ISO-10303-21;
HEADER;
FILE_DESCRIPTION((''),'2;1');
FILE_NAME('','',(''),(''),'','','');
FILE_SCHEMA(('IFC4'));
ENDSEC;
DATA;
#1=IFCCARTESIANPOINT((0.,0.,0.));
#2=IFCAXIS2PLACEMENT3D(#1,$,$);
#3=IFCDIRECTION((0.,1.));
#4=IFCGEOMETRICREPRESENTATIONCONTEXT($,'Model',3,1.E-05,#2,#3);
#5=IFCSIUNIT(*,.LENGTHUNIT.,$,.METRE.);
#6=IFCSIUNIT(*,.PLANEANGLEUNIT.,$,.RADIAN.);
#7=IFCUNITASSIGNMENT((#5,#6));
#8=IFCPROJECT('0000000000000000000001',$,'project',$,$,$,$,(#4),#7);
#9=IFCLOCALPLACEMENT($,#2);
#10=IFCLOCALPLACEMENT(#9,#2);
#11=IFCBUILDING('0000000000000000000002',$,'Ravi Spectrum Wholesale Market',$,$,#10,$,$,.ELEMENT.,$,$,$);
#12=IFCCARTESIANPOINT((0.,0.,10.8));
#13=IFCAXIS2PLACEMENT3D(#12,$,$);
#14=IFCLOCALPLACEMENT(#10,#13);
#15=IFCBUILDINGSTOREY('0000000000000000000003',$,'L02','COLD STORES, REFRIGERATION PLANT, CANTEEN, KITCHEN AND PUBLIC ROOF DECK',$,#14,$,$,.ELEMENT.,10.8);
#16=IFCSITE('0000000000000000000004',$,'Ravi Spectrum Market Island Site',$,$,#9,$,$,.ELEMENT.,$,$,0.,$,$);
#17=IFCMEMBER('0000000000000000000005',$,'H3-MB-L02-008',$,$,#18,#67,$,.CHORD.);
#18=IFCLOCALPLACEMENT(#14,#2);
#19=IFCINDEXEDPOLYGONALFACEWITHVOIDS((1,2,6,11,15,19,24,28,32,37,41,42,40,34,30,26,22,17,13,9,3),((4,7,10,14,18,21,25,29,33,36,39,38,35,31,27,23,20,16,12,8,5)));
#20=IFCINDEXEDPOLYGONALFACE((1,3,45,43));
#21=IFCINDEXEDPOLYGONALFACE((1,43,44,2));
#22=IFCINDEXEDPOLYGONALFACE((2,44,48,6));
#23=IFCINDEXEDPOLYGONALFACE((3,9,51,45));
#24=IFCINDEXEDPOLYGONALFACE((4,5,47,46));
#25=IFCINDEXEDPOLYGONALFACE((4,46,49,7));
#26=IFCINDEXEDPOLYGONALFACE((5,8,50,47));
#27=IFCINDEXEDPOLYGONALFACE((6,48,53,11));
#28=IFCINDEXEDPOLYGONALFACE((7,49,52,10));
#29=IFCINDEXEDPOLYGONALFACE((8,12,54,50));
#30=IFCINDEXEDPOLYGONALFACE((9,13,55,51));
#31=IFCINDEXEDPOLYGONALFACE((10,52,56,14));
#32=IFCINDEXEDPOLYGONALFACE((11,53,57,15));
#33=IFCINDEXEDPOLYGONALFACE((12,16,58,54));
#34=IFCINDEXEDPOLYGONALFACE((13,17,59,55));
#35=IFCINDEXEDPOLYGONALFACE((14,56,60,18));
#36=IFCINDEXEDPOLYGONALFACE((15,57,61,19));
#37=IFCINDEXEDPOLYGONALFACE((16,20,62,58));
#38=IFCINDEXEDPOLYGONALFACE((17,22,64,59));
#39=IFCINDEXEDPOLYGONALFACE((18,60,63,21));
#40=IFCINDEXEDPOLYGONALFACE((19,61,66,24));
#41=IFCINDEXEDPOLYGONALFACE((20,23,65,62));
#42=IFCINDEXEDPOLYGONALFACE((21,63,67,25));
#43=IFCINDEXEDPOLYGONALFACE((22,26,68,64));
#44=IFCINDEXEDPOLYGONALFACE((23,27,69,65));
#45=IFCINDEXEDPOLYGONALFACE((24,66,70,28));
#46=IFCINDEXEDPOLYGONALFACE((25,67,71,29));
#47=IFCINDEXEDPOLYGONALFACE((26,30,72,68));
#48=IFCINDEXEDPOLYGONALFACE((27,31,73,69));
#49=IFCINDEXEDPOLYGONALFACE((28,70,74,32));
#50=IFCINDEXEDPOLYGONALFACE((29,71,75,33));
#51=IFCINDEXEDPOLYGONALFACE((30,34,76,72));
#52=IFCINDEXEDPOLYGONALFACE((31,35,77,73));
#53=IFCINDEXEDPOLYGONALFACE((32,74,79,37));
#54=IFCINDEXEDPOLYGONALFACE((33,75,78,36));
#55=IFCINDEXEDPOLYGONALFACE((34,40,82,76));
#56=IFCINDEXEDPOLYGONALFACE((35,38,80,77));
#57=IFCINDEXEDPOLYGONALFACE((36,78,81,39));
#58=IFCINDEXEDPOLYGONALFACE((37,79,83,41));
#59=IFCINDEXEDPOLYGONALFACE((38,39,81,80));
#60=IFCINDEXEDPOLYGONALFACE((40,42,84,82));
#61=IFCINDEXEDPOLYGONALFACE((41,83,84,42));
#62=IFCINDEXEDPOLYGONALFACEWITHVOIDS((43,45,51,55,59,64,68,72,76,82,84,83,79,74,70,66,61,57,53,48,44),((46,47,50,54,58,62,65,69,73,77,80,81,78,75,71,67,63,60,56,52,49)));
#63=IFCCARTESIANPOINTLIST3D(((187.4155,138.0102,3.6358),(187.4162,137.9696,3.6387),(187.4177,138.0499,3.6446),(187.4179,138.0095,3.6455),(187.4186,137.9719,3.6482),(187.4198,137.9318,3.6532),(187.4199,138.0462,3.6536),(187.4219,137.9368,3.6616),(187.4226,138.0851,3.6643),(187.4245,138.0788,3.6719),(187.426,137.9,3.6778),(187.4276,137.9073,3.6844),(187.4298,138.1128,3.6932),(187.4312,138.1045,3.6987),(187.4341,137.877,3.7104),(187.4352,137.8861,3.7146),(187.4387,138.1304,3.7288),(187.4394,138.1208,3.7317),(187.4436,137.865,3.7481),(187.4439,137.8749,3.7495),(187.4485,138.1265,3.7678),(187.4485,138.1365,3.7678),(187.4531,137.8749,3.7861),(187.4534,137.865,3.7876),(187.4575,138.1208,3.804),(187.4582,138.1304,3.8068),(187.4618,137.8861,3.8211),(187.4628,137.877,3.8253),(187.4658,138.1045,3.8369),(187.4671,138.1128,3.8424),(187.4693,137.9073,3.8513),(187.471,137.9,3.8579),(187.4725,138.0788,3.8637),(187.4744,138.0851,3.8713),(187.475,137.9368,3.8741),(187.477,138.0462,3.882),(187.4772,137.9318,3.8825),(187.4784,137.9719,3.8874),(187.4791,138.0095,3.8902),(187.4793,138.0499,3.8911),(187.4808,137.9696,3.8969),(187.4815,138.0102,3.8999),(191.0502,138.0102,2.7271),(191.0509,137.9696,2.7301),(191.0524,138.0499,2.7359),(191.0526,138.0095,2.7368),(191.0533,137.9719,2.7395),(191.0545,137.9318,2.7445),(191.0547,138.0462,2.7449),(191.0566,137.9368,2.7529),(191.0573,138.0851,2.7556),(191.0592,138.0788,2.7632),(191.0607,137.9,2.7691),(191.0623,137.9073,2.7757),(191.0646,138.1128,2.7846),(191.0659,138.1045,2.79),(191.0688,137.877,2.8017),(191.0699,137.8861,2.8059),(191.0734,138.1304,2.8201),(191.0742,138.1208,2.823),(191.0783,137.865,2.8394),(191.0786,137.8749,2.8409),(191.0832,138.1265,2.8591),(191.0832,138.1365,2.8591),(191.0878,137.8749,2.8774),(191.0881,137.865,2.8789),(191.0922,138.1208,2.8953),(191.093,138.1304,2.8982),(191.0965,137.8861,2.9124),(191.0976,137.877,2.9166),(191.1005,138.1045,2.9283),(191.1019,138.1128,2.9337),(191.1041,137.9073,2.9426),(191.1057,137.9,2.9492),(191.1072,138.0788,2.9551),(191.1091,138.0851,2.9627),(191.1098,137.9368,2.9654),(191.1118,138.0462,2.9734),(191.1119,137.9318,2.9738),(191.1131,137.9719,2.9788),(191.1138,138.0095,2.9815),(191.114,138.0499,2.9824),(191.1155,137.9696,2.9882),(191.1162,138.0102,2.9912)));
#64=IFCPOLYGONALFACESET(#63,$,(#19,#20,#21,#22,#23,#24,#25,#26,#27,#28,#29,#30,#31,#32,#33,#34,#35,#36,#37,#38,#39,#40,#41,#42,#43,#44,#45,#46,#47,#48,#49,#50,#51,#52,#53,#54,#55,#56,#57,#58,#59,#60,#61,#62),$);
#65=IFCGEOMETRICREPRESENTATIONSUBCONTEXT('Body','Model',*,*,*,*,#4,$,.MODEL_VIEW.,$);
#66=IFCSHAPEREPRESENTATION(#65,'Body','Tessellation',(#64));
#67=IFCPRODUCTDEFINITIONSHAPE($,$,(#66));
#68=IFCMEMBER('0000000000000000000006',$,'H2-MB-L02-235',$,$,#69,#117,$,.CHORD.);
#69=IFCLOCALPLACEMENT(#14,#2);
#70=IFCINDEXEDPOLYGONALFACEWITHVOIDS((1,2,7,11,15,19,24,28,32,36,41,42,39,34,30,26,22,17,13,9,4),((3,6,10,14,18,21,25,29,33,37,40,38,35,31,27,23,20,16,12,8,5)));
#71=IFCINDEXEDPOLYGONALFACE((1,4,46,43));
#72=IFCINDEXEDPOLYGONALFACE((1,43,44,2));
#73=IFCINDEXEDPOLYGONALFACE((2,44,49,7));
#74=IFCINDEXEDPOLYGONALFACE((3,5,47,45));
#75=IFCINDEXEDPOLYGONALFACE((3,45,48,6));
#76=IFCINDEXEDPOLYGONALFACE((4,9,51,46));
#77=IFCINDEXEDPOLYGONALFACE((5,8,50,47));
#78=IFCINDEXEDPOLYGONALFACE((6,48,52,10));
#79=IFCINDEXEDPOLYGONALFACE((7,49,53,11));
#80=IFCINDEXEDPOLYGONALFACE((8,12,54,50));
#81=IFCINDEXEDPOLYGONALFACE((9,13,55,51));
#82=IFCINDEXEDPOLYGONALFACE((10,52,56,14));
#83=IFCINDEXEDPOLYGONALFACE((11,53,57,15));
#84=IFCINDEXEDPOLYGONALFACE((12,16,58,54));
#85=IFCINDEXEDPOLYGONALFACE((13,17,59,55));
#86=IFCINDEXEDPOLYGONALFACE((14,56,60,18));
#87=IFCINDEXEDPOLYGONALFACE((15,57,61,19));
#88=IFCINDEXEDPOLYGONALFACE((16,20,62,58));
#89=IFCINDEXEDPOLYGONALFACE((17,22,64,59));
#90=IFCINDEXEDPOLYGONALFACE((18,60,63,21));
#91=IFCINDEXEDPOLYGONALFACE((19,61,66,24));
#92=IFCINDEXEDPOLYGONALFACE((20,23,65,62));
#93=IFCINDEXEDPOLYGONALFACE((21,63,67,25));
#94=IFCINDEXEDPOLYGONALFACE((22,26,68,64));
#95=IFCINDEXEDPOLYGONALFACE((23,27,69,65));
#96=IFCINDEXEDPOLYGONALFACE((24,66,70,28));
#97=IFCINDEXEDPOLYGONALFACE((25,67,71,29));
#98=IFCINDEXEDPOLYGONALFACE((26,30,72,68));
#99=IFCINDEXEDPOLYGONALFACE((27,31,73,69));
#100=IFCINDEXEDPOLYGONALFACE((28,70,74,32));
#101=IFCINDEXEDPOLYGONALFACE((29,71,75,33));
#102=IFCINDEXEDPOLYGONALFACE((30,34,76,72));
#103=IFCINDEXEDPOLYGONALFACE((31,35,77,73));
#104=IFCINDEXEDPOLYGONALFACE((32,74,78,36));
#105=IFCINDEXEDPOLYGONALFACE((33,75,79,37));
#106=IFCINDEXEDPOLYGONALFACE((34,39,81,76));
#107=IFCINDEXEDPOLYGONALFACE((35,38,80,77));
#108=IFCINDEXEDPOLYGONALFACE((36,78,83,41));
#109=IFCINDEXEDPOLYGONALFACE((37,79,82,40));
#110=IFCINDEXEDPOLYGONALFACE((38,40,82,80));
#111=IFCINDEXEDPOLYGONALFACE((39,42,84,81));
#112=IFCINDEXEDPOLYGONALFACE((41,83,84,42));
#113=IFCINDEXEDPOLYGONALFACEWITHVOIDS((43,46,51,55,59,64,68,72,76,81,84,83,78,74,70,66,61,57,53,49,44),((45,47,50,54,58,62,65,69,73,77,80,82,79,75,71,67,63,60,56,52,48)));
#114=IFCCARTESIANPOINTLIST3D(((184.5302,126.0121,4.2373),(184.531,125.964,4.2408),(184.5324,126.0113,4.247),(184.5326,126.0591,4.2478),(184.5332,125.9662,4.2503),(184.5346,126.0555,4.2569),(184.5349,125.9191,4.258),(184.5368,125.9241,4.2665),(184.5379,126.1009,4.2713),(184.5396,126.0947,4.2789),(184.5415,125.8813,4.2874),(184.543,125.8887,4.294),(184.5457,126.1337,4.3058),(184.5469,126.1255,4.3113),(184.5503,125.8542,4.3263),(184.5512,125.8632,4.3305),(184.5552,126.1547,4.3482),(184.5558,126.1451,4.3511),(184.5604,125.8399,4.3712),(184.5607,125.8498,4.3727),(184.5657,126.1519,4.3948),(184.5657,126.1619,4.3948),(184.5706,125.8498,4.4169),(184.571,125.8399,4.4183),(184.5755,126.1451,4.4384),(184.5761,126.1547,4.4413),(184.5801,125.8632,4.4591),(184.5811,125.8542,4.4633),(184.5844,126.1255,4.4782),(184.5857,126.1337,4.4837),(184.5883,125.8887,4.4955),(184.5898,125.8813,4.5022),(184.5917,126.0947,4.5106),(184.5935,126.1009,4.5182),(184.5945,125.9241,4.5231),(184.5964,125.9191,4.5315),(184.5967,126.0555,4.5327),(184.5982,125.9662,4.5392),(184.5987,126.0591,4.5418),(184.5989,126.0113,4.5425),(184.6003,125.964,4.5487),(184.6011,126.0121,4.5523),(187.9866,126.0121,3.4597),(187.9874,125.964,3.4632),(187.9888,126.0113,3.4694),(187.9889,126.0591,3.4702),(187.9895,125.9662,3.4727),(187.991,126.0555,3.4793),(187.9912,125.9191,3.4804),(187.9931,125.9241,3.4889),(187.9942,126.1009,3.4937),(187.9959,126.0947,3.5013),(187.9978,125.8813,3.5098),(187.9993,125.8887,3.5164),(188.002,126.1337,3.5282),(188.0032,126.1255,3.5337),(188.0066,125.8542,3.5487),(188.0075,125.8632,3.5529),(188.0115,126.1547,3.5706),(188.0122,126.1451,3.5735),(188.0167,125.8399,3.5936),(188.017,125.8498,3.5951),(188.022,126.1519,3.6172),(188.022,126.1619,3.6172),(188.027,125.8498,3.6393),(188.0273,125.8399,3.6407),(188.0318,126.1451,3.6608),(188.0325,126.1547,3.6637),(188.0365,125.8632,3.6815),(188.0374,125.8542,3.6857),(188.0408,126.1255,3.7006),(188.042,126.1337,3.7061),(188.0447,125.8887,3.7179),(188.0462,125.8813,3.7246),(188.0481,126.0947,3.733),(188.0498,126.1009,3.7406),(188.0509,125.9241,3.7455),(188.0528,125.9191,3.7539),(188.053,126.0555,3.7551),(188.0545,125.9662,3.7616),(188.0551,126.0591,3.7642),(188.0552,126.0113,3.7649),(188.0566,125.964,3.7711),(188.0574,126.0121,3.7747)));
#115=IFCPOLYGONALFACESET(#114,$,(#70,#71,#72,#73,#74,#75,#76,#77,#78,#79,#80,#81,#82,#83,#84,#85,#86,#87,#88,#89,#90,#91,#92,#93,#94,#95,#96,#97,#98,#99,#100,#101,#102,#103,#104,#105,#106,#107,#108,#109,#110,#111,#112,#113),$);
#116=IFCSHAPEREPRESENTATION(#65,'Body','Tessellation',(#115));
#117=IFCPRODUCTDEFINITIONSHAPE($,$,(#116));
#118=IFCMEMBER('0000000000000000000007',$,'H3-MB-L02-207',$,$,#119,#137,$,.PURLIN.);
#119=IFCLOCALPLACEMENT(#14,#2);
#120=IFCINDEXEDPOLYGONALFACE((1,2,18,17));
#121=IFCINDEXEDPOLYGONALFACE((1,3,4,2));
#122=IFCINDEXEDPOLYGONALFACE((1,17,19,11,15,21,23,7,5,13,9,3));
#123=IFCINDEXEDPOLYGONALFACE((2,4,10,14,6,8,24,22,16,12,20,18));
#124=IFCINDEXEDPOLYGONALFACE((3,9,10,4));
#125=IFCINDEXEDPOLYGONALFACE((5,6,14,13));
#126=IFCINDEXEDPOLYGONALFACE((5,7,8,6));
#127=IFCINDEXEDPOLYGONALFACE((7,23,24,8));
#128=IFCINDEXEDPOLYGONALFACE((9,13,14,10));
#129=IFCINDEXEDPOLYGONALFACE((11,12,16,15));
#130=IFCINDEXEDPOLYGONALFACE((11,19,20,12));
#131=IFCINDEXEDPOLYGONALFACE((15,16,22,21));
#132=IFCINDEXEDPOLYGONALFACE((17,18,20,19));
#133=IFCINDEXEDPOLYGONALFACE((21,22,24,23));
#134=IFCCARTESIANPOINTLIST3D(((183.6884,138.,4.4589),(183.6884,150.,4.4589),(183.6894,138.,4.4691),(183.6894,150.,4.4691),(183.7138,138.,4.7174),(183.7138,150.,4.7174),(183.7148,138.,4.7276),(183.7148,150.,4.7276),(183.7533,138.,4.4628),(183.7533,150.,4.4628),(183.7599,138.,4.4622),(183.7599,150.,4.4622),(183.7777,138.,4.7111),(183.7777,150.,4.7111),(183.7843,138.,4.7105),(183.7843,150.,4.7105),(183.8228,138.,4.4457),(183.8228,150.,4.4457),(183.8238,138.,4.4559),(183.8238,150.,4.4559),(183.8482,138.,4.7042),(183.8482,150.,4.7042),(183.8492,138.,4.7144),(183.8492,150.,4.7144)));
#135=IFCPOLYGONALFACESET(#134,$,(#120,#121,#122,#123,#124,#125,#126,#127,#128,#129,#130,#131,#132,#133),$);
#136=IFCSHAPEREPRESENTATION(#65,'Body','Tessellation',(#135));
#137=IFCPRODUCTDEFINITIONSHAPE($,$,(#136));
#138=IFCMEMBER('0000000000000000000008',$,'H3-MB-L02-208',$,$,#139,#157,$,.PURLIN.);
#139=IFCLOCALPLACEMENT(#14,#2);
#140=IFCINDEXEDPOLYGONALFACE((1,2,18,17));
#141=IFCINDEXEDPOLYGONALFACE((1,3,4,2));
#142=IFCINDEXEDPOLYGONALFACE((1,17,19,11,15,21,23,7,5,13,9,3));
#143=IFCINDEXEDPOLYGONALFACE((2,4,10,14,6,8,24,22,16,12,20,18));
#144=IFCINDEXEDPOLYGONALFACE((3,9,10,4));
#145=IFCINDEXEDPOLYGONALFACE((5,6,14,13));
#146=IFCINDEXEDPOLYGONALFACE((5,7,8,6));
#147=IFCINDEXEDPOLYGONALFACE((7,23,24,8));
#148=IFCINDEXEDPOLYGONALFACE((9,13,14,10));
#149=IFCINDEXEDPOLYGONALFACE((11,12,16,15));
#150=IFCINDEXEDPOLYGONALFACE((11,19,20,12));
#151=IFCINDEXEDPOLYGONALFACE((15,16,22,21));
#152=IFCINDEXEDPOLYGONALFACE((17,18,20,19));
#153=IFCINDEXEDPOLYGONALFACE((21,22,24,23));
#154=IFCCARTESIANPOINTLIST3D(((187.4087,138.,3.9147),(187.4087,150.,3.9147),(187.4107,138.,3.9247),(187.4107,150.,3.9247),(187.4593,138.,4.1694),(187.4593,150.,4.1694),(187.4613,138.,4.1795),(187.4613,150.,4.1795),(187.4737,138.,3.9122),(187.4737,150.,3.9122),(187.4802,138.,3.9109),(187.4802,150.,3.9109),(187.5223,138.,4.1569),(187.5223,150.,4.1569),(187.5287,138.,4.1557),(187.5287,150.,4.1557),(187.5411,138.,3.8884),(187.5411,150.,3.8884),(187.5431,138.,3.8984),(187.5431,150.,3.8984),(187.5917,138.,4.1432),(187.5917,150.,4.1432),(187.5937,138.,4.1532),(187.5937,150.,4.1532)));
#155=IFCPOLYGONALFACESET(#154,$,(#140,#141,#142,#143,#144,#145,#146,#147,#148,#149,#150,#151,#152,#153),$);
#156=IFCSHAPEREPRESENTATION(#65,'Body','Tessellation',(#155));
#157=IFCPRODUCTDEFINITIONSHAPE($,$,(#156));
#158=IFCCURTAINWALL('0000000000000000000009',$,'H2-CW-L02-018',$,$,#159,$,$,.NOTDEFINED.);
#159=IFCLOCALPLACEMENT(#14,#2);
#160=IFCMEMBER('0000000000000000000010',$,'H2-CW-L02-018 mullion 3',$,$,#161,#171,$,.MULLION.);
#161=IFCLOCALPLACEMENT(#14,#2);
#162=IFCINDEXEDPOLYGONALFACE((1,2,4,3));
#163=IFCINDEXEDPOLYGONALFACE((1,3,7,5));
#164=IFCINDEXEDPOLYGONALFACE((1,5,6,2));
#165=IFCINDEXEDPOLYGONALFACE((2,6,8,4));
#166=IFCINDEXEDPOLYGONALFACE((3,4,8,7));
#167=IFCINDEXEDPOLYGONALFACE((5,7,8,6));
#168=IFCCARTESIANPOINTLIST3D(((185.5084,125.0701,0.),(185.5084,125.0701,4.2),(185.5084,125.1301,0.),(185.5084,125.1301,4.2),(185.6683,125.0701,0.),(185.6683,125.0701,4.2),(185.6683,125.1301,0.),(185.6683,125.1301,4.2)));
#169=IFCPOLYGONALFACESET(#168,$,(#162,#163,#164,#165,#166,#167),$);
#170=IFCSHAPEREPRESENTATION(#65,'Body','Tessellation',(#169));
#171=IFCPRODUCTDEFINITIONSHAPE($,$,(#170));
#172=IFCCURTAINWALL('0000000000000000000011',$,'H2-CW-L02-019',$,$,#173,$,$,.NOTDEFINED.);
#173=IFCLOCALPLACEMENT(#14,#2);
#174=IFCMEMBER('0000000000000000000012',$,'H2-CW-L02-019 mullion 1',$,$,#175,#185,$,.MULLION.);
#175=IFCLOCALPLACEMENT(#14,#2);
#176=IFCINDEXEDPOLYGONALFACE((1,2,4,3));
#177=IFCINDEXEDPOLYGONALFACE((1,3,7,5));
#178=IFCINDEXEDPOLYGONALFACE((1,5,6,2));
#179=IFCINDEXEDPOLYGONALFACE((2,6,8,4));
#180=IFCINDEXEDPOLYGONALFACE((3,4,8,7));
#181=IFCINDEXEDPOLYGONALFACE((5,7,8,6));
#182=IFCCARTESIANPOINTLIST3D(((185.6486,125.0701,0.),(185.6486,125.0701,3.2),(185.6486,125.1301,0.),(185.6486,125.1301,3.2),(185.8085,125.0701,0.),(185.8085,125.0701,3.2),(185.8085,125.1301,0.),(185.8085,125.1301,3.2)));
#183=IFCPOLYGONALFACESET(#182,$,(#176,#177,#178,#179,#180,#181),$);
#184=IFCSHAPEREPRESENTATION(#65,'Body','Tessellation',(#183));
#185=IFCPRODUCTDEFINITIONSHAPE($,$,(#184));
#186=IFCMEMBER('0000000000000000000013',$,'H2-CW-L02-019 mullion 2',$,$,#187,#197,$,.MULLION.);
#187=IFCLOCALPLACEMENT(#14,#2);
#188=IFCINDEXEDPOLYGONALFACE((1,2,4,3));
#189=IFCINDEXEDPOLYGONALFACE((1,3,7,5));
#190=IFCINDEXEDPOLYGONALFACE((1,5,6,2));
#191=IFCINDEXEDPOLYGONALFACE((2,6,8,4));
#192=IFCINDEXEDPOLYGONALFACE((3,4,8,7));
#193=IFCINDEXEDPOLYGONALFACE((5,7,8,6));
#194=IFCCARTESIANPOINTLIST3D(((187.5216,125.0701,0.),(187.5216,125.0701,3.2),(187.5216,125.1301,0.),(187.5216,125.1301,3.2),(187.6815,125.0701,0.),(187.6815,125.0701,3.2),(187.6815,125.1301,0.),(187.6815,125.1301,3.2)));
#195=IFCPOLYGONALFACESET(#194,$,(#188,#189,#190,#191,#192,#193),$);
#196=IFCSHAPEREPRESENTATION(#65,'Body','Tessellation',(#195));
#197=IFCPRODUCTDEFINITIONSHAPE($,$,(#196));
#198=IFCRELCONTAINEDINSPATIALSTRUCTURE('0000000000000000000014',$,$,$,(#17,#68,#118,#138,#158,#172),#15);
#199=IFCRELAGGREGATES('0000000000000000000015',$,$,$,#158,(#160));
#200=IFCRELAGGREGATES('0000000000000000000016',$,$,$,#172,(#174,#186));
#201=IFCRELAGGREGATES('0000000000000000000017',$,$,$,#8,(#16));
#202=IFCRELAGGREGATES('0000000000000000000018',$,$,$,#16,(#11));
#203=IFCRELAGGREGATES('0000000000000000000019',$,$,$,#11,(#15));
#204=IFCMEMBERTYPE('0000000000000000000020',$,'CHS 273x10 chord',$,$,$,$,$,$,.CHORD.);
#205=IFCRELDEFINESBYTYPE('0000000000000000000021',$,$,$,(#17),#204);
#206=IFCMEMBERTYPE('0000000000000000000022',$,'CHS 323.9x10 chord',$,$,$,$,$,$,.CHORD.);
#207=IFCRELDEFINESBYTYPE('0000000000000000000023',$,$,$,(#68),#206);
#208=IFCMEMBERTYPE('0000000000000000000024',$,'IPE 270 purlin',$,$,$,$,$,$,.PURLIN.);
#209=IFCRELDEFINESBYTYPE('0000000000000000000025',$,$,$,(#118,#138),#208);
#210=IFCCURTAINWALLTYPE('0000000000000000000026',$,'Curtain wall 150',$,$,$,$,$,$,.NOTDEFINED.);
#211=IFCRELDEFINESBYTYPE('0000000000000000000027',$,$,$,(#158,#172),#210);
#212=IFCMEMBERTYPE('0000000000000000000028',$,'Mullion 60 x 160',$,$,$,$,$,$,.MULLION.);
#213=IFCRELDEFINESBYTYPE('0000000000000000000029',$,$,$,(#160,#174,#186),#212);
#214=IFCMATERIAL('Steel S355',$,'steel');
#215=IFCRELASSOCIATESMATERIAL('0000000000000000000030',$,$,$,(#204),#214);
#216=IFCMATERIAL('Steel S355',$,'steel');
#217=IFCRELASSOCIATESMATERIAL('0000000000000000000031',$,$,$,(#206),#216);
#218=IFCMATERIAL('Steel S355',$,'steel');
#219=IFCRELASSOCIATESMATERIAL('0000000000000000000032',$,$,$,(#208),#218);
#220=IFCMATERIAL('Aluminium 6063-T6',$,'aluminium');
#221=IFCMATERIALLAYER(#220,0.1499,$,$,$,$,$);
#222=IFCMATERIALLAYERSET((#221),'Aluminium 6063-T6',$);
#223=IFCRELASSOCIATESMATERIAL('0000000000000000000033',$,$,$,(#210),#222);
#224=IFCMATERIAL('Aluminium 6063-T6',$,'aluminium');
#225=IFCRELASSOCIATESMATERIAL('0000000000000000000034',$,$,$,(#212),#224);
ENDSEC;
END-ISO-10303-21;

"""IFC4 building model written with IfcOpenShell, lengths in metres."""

from ifc_helpers import new_model, si_unit, direction, frame, origin, origin_2d, place, context, subcontext, project, spatial, rectangle, hollow_circle, i_section, extrude, material, layer, layer_set, material_profile, profile_set, type_object, element, aggregate, save


model = new_model("IFC4")

# Units and contexts
model_context = context("Model", 3, precision=1e-05, world=origin(), true_north=direction((0.0, 1.0)))
body_context = subcontext(model_context, "Body", "Model", "MODEL_VIEW")
ifc_project = project(units=[si_unit("LENGTHUNIT", "METRE"), si_unit("PLANEANGLEUNIT", "RADIAN")], contexts=[model_context])

# Site, building, storey
site_placement = place(None, origin())
site = spatial("IfcSite", under=ifc_project, at=site_placement, Name="Ravi Spectrum Market Island Site", CompositionType="ELEMENT", RefElevation=0.0)
building_placement = place(site_placement, origin())
building = spatial("IfcBuilding", under=site, at=building_placement, Name="Ravi Spectrum Wholesale Market", CompositionType="ELEMENT")
storey_placement = place(building_placement, frame((0.0, 0.0, 10.8)))
storey = spatial("IfcBuildingStorey", under=building, at=storey_placement, Name="L02", Description="COLD STORES, REFRIGERATION PLANT, CANTEEN, KITCHEN AND PUBLIC ROOF DECK", CompositionType="ELEMENT", Elevation=10.8)

# Members
ifc_material_1 = material(Name="Steel S355", Category="steel")
ifc_material_profile_1 = material_profile(ifc_material_1, hollow_circle(Radius=0.1365, WallThickness=0.01, at=origin_2d()))
ifc_profile_set_1 = profile_set([ifc_material_profile_1], Name="Steel S355")
member_type_1 = type_object("IfcMemberType", Name="CHS 273x10 chord", PredefinedType="CHORD", material=ifc_profile_set_1)
member_1_placement = place(storey_placement, frame((187.4485, 138.0, 3.7678), z_axis=(0.970143, 0.0, -0.242536), x_axis=(0.0, 1.0, 0.0)))
element("IfcMember", 1, at=member_1_placement, inside=storey, type_object=member_type_1, Name="H3-MB-L02-008", PredefinedType="CHORD", context=body_context, shape_type="SweptSolid", body=[
    extrude(hollow_circle(Radius=0.1365, WallThickness=0.01, at=origin_2d()), origin(), (0.0, 0.0, 1.0), 3.7466),
])
ifc_material_2 = material(Name="Steel S355", Category="steel")
ifc_material_profile_2 = material_profile(ifc_material_2, hollow_circle(Radius=0.1619, WallThickness=0.01, at=origin_2d()))
ifc_profile_set_2 = profile_set([ifc_material_profile_2], Name="Steel S355")
member_type_2 = type_object("IfcMemberType", Name="CHS 323.9x10 chord", PredefinedType="CHORD", material=ifc_profile_set_2)
member_2_placement = place(storey_placement, frame((184.5657, 126.0, 4.3948), z_axis=(0.975615, 0.0, -0.219491), x_axis=(0.0, 1.0, 0.0)))
element("IfcMember", 2, at=member_2_placement, inside=storey, type_object=member_type_2, Name="H2-MB-L02-235", PredefinedType="CHORD", context=body_context, shape_type="SweptSolid", body=[
    extrude(hollow_circle(Radius=0.1619, WallThickness=0.01, at=origin_2d()), origin(), (0.0, 0.0, 1.0), 3.5427),
])
ifc_material_3 = material(Name="Steel S355", Category="steel")
ifc_material_profile_3 = material_profile(ifc_material_3, i_section(OverallWidth=0.135, OverallDepth=0.27, WebThickness=0.0066, FlangeThickness=0.0103, at=origin_2d()))
ifc_profile_set_3 = profile_set([ifc_material_profile_3], Name="Steel S355")
member_type_3 = type_object("IfcMemberType", Name="IPE 270 purlin", PredefinedType="PURLIN", material=ifc_profile_set_3)
for number, where, z_axis, x_axis, name in (
    (3, (183.7688, 138.0, 4.5867), (0.0, 1.0, 0.0), (-0.995203, 0.0, 0.097835), "H3-MB-L02-207"),
    (4, (187.5012, 138.0, 4.0339), (0.0, 1.0, 0.0), (-0.980857, 0.0, 0.194731), "H3-MB-L02-208"),
):
    element("IfcMember", number, at=place(storey_placement, frame(where, z_axis=z_axis, x_axis=x_axis)), inside=storey, type_object=member_type_3, Name=name, PredefinedType="PURLIN", context=body_context, shape_type="SweptSolid", body=[
        extrude(i_section(OverallWidth=0.135, OverallDepth=0.27, WebThickness=0.0066, FlangeThickness=0.0103, at=origin_2d()), origin(), (0.0, 0.0, 1.0), 12.0),
    ])

# Curtain wall, member
ifc_material_4 = material(Name="Aluminium 6063-T6", Category="aluminium")
ifc_layer_1 = layer(ifc_material_4, 0.1499)
ifc_layer_set_1 = layer_set([ifc_layer_1], Name="Aluminium 6063-T6")
curtain_wall_type = type_object("IfcCurtainWallType", Name="Curtain wall 150", PredefinedType="NOTDEFINED", material=ifc_layer_set_1)
curtain_wall_1_placement = place(storey_placement, origin())
curtain_wall_1 = element("IfcCurtainWall", 5, at=curtain_wall_1_placement, inside=storey, type_object=curtain_wall_type, Name="H2-CW-L02-018", PredefinedType="NOTDEFINED")
ifc_material_5 = material(Name="Aluminium 6063-T6", Category="aluminium")
ifc_material_profile_4 = material_profile(ifc_material_5, rectangle(XDim=0.0601, YDim=0.1599, at=origin_2d()))
ifc_profile_set_4 = profile_set([ifc_material_profile_4], Name="Aluminium 6063-T6")
member_type_4 = type_object("IfcMemberType", Name="Mullion 60 x 160", PredefinedType="MULLION", material=ifc_profile_set_4)
member_3_placement = place(storey_placement, frame((185.5884, 125.1001, 0.0), z_axis=(0.0, 0.0, 1.0), x_axis=(0.0, 1.0, 0.0)))
member_3 = element("IfcMember", 6, at=member_3_placement, type_object=member_type_4, Name="H2-CW-L02-018 mullion 3", PredefinedType="MULLION", context=body_context, shape_type="SweptSolid", body=[
    extrude(rectangle(XDim=0.0601, YDim=0.1599, at=origin_2d()), origin(), (0.0, 0.0, 1.0), 4.2),
])

# Curtain wall, members
curtain_wall_2_placement = place(storey_placement, origin())
curtain_wall_2 = element("IfcCurtainWall", 7, at=curtain_wall_2_placement, inside=storey, type_object=curtain_wall_type, Name="H2-CW-L02-019", PredefinedType="NOTDEFINED")
member_4_placement = place(storey_placement, frame((185.7285, 125.1001, 0.0), z_axis=(0.0, 0.0, 1.0), x_axis=(0.0, 1.0, 0.0)))
member_4 = element("IfcMember", 8, at=member_4_placement, type_object=member_type_4, Name="H2-CW-L02-019 mullion 1", PredefinedType="MULLION", context=body_context, shape_type="SweptSolid", body=[
    extrude(rectangle(XDim=0.0601, YDim=0.1599, at=origin_2d()), origin(), (0.0, 0.0, 1.0), 3.2),
])
member_5_placement = place(storey_placement, frame((187.6016, 125.1001, 0.0), z_axis=(0.0, 0.0, 1.0), x_axis=(0.0, 1.0, 0.0)))
member_5 = element("IfcMember", 9, at=member_5_placement, type_object=member_type_4, Name="H2-CW-L02-019 mullion 2", PredefinedType="MULLION", context=body_context, shape_type="SweptSolid", body=[
    extrude(rectangle(XDim=0.0601, YDim=0.1599, at=origin_2d()), origin(), (0.0, 0.0, 1.0), 3.2),
])

aggregate(curtain_wall_1, [member_3])
aggregate(curtain_wall_2, [member_4, member_5])

save(model, "model.ifc")
